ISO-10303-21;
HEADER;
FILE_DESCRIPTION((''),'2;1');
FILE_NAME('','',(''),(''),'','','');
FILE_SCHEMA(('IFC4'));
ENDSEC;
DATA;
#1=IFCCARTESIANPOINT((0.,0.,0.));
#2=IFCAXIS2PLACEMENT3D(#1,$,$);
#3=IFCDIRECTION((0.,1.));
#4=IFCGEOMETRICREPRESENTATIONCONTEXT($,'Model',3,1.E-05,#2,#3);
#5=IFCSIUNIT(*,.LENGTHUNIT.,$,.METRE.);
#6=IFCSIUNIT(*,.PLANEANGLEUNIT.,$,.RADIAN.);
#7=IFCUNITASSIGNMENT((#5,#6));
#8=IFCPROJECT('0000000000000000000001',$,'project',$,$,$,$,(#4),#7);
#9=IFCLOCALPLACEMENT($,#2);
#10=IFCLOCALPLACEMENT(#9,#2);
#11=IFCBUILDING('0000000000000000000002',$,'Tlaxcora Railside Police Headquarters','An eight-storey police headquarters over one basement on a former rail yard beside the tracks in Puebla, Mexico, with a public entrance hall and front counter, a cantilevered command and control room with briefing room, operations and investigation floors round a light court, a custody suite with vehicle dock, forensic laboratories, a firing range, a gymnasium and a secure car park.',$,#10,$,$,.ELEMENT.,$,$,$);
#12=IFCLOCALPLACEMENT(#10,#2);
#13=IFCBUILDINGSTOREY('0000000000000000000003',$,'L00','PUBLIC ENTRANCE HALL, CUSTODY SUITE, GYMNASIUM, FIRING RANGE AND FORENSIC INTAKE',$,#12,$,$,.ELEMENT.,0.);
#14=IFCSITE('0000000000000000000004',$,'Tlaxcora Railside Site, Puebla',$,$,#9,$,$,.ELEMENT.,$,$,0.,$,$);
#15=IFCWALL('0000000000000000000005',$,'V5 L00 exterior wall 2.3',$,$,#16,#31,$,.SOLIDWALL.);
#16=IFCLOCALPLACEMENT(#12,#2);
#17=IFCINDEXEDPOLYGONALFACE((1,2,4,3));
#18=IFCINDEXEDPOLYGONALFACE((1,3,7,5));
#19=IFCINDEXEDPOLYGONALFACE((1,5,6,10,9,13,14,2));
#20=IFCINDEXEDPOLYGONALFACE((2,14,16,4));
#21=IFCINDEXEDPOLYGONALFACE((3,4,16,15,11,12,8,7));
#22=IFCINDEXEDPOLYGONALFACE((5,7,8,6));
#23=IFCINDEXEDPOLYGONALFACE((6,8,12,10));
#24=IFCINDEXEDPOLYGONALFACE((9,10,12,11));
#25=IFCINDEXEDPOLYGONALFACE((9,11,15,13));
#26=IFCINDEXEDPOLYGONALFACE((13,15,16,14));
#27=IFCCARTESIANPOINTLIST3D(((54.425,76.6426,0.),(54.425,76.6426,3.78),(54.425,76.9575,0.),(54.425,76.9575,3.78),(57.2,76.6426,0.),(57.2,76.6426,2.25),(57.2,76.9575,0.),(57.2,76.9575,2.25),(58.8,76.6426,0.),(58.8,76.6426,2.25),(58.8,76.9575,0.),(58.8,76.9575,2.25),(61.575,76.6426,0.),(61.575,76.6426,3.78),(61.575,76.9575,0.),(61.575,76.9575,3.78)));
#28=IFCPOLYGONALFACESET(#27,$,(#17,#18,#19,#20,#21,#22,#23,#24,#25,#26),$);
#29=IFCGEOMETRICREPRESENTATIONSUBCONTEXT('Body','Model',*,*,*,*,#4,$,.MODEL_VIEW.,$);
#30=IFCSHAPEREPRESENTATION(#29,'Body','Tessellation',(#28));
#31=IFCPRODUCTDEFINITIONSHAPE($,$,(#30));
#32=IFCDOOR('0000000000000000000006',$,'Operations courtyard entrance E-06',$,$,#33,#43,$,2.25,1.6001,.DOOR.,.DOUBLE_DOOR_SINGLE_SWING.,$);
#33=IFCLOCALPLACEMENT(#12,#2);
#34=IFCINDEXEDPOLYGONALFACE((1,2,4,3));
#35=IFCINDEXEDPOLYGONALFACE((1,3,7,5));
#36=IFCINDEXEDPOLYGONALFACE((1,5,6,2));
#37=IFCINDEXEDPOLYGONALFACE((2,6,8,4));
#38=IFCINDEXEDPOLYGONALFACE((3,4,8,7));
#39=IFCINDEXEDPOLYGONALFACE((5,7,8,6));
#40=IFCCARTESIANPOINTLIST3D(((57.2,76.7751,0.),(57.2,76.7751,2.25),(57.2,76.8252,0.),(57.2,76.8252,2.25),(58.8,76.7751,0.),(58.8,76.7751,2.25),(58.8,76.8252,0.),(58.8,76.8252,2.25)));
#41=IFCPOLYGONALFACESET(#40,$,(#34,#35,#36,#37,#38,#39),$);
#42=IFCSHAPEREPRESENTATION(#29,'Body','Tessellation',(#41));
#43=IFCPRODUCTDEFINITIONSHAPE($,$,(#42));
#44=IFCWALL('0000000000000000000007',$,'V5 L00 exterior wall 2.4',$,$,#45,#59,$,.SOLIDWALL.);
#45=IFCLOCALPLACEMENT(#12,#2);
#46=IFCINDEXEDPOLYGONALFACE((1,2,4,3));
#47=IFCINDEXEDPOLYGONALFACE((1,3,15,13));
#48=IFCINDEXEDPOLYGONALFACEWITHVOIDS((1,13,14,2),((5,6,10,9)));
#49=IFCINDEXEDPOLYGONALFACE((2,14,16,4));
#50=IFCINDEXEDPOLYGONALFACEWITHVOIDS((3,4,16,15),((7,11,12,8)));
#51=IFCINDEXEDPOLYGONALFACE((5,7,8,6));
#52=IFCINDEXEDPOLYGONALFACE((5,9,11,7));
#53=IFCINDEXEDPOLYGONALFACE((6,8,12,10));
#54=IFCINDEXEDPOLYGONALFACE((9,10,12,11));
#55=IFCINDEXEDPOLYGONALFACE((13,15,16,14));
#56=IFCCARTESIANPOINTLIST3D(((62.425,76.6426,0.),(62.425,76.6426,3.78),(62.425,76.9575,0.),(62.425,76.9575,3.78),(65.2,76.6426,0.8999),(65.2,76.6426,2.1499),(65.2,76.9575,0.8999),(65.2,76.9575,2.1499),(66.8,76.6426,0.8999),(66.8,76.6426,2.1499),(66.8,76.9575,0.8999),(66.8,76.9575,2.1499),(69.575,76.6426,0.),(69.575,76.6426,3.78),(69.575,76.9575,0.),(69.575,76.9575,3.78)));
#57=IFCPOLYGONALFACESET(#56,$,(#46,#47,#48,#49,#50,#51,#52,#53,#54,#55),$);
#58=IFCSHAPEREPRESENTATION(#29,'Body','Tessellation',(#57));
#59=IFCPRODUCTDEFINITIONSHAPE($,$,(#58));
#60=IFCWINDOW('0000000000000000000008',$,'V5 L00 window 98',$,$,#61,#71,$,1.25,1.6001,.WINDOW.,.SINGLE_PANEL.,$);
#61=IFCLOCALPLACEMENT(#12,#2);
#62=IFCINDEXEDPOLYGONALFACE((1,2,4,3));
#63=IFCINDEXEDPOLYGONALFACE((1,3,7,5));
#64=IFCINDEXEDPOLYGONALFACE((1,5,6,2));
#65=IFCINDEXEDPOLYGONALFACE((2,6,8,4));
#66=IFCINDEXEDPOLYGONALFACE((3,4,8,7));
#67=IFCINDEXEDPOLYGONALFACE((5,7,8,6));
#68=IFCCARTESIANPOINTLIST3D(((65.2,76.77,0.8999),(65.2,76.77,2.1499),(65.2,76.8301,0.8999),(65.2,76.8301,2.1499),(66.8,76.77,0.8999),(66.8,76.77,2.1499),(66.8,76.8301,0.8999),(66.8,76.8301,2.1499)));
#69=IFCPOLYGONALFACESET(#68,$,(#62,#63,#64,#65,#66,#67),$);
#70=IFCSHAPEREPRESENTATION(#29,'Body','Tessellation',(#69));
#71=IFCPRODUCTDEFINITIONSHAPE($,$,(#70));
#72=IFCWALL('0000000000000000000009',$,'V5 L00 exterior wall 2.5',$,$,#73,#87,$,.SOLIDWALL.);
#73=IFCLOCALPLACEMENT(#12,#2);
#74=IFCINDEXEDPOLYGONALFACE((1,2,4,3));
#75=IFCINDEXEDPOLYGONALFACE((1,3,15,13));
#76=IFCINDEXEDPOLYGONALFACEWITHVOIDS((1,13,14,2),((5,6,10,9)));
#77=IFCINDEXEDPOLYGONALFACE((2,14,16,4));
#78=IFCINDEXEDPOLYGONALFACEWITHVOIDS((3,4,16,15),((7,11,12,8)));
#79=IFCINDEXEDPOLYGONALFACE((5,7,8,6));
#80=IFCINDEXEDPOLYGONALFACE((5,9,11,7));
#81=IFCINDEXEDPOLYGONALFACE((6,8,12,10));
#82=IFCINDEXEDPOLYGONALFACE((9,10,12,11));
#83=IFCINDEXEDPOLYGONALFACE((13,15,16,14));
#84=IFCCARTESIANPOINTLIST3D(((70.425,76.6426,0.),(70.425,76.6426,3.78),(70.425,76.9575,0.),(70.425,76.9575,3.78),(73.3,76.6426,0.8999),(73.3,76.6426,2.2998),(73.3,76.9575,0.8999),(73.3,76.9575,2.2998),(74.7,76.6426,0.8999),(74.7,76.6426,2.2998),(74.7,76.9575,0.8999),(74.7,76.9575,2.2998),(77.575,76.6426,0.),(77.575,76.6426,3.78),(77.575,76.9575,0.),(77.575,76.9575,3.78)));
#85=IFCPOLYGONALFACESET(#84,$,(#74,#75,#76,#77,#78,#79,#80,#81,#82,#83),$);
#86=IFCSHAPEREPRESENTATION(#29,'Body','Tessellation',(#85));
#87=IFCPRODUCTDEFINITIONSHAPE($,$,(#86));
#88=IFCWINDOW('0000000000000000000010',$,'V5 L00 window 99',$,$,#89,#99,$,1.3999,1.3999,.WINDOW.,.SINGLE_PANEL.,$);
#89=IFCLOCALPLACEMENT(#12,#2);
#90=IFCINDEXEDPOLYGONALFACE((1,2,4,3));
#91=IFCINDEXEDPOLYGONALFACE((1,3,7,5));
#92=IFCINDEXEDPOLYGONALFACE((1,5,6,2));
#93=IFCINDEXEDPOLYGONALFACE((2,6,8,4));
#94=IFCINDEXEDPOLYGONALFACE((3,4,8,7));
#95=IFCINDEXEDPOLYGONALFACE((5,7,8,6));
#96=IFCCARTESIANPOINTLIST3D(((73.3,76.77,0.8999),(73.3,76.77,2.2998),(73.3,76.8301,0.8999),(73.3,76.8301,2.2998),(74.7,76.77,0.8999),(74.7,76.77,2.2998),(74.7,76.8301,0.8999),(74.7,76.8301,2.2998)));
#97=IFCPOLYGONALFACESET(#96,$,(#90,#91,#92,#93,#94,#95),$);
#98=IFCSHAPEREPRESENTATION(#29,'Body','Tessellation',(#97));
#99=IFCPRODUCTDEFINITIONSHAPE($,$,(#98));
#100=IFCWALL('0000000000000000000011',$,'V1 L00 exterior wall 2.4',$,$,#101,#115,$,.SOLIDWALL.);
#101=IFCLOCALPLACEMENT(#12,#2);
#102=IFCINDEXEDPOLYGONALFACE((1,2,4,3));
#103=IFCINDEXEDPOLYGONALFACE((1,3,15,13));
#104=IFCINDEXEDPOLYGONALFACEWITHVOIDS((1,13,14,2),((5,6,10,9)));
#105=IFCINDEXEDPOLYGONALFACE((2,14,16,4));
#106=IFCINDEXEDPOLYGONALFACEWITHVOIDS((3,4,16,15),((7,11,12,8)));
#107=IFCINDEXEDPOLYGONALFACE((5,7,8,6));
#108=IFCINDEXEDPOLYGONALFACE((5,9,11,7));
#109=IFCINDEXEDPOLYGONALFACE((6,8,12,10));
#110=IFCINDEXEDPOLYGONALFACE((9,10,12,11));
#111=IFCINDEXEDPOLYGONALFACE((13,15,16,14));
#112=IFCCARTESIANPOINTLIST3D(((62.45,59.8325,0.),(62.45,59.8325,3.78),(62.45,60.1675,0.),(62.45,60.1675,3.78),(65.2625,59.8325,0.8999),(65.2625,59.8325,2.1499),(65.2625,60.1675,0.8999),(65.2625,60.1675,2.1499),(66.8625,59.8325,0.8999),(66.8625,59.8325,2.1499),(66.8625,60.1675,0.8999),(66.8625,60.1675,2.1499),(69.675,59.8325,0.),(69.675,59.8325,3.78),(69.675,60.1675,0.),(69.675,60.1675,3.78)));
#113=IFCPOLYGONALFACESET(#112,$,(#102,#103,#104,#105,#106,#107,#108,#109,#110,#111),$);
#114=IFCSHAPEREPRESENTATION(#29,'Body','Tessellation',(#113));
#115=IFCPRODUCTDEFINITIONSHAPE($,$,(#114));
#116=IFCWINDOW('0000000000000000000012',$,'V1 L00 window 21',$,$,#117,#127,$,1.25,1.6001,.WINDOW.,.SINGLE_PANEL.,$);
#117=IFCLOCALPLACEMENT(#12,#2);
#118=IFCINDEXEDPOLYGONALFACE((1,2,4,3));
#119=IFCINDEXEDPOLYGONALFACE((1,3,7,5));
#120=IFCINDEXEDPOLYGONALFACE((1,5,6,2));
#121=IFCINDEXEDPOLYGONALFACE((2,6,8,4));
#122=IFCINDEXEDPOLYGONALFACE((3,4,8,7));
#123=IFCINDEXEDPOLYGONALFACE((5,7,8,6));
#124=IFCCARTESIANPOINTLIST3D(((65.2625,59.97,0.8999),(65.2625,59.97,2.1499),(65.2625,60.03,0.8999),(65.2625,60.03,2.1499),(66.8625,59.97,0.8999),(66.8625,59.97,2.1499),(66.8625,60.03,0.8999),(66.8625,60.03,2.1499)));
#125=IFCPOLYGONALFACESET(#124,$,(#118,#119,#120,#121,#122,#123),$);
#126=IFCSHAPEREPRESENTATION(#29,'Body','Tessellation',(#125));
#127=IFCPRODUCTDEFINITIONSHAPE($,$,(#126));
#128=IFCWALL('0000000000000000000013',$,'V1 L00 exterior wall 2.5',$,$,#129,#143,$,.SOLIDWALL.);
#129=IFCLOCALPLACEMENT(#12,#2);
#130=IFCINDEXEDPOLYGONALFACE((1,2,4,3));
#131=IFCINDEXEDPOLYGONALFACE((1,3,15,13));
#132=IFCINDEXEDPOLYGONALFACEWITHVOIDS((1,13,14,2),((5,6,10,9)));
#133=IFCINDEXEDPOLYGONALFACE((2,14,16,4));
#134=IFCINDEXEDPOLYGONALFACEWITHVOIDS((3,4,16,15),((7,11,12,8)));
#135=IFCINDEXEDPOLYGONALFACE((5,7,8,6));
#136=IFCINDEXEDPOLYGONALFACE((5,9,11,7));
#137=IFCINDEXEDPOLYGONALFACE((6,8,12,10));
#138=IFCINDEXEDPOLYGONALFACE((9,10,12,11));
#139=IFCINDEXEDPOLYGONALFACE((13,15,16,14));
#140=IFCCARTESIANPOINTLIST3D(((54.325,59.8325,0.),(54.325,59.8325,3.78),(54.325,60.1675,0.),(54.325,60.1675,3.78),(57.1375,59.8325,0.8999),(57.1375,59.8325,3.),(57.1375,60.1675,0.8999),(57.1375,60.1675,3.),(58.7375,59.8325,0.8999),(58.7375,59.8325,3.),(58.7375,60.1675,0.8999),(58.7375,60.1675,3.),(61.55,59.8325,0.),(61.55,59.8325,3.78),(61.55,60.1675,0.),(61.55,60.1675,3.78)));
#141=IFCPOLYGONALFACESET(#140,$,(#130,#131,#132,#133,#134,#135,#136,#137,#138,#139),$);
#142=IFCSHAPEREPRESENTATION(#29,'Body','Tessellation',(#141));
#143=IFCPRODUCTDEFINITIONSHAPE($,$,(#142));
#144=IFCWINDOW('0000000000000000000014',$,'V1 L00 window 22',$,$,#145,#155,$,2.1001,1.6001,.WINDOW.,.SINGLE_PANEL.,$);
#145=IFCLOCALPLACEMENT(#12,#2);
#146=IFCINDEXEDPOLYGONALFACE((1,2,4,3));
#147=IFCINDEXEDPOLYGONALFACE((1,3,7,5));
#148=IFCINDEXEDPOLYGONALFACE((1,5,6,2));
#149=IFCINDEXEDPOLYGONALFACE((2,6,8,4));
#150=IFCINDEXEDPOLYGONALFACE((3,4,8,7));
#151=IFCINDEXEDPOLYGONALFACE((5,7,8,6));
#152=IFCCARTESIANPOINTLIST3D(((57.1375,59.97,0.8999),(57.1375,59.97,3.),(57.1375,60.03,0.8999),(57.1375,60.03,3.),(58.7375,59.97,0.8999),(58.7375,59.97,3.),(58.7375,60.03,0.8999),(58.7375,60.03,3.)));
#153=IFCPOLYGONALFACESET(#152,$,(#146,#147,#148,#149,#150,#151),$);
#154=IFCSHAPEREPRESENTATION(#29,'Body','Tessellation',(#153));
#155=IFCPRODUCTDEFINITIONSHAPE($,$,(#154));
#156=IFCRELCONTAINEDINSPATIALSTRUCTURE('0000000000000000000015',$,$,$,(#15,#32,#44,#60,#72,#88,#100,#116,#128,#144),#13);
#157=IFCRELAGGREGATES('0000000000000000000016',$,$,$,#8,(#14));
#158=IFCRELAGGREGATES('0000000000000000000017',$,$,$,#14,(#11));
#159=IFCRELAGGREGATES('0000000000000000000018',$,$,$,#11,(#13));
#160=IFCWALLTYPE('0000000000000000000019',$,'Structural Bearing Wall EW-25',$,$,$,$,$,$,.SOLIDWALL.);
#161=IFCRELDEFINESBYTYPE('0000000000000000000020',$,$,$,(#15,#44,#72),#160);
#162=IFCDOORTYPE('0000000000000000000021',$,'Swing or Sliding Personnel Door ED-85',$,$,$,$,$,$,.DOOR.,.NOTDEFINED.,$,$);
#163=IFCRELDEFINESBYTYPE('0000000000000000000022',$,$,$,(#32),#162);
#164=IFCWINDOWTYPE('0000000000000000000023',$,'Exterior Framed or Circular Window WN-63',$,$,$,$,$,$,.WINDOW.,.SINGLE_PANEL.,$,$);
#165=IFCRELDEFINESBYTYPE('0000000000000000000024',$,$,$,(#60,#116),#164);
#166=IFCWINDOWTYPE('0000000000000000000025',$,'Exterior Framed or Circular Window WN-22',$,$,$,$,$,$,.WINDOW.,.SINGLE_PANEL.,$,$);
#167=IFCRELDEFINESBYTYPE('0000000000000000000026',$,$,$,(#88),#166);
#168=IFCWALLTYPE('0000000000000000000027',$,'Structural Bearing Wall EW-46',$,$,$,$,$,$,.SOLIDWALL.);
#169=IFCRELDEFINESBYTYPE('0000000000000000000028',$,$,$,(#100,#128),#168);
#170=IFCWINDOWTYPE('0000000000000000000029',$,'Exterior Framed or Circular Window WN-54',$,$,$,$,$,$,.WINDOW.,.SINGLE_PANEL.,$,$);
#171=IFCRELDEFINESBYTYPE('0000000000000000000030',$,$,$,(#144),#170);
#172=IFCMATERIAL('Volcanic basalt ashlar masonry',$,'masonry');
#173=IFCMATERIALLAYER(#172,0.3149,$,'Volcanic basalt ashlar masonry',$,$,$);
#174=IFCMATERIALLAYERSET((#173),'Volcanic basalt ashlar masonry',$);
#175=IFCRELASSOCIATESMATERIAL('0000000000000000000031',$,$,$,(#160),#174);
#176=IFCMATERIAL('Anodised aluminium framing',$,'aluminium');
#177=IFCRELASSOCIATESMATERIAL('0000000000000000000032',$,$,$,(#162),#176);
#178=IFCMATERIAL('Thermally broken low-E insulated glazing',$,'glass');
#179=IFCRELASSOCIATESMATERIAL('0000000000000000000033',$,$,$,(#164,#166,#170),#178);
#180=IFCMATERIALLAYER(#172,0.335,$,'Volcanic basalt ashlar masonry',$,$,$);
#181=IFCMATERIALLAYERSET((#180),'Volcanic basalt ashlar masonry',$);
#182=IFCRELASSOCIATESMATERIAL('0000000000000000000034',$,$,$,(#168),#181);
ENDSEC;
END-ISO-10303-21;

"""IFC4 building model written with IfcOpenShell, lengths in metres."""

from ifc_helpers import new_model, si_unit, direction, frame, frame_2d, origin, place, context, subcontext, project, spatial, rectangle, extrude, material, layer, layer_set, type_object, element, fill, save


model = new_model("IFC4")

# Units and contexts
model_context = context("Model", 3, precision=1e-05, world=origin(), true_north=direction((0.0, 1.0)))
body_context = subcontext(model_context, "Body", "Model", "MODEL_VIEW")
ifc_project = project(units=[si_unit("LENGTHUNIT", "METRE"), si_unit("PLANEANGLEUNIT", "RADIAN")], contexts=[model_context])

# Site, building, storey
site_placement = place(None, origin())
site = spatial("IfcSite", under=ifc_project, at=site_placement, Name="Tlaxcora Railside Site, Puebla", CompositionType="ELEMENT", RefElevation=0.0)
building_placement = place(site_placement, origin())
building = spatial("IfcBuilding", under=site, at=building_placement, Name="Tlaxcora Railside Police Headquarters", Description="An eight-storey police headquarters over one basement on a former rail yard beside the tracks in Puebla, Mexico, with a public entrance hall and front counter, a cantilevered command and control room with briefing room, operations and investigation floors round a light court, a custody suite with vehicle dock, forensic laboratories, a firing range, a gymnasium and a secure car park.", CompositionType="ELEMENT")
storey_placement = place(building_placement, origin())
storey = spatial("IfcBuildingStorey", under=building, at=storey_placement, Name="L00", Description="PUBLIC ENTRANCE HALL, CUSTODY SUITE, GYMNASIUM, FIRING RANGE AND FORENSIC INTAKE", CompositionType="ELEMENT", Elevation=0.0)

# Wall, opening, door
ifc_material_1 = material(Name="Volcanic basalt ashlar masonry", Category="masonry")
ifc_layer_1 = layer(ifc_material_1, 0.3149, Name="Volcanic basalt ashlar masonry")
ifc_layer_set_1 = layer_set([ifc_layer_1], Name="Volcanic basalt ashlar masonry")
wall_type_1 = type_object("IfcWallType", Name="Structural Bearing Wall EW-25", PredefinedType="SOLIDWALL", material=ifc_layer_set_1)
wall_1_placement = place(storey_placement, frame((54.425, 76.8, 0.0), z_axis=(0.0, 0.0, 1.0), x_axis=(1.0, 0.0, 0.0)))
wall_1 = element("IfcWall", 1, at=wall_1_placement, inside=storey, type_object=wall_type_1, Name="V5 L00 exterior wall 2.3", PredefinedType="SOLIDWALL", context=body_context, shape_type="SweptSolid", body=[
    extrude(rectangle(XDim=7.1499, YDim=0.3149, at=frame_2d((3.575, 0.0))), origin(), (0.0, 0.0, 1.0), 3.78),
])
opening_1_placement = place(wall_1_placement, frame((2.7749, 0.0, 0.0)))
opening_1 = element("IfcOpeningElement", 2, at=opening_1_placement, cuts=wall_1, PredefinedType="OPENING", context=body_context, shape_type="SweptSolid", body=[
    extrude(rectangle(XDim=1.6001, YDim=2.25, at=frame_2d((0.8, 1.125))), frame((0.0, 0.1675, 0.0), z_axis=(0.0, -1.0, 0.0), x_axis=(1.0, 0.0, 0.0)), (0.0, 0.0, 1.0), 0.335),
])
ifc_material_2 = material(Name="Anodised aluminium framing", Category="aluminium")
door_type = type_object("IfcDoorType", Name="Swing or Sliding Personnel Door ED-85", OperationType="NOTDEFINED", PredefinedType="DOOR", material=ifc_material_2)
door_placement = place(opening_1_placement, frame((1.6001, 0.0, 0.0), z_axis=(0.0, 0.0, 1.0), x_axis=(-1.0, 0.0, 0.0)))
door = element("IfcDoor", 3, at=door_placement, inside=storey, type_object=door_type, Name="Operations courtyard entrance E-06", OperationType="DOUBLE_DOOR_SINGLE_SWING", OverallHeight=2.25, OverallWidth=1.6001, PredefinedType="DOOR", context=body_context, shape_type="SweptSolid", body=[
    extrude(rectangle(XDim=1.6001, YDim=2.25, at=frame_2d((0.8, 1.125))), frame((0.0, 0.0249, 0.0), z_axis=(0.0, -1.0, 0.0), x_axis=(1.0, 0.0, 0.0)), (0.0, 0.0, 1.0), 0.05),
])
fill(opening_1, door)

# Walls, openings, windows
wall_2_placement = place(storey_placement, frame((62.425, 76.8, 0.0), z_axis=(0.0, 0.0, 1.0), x_axis=(1.0, 0.0, 0.0)))
wall_2 = element("IfcWall", 4, at=wall_2_placement, inside=storey, type_object=wall_type_1, Name="V5 L00 exterior wall 2.4", PredefinedType="SOLIDWALL", context=body_context, shape_type="SweptSolid", body=[
    extrude(rectangle(XDim=7.1499, YDim=0.3149, at=frame_2d((3.575, 0.0))), origin(), (0.0, 0.0, 1.0), 3.78),
])
opening_2_placement = place(wall_2_placement, frame((2.7749, 0.0, 0.8999)))
opening_2 = element("IfcOpeningElement", 5, at=opening_2_placement, cuts=wall_2, PredefinedType="OPENING", context=body_context, shape_type="SweptSolid", body=[
    extrude(rectangle(XDim=1.6001, YDim=1.25, at=frame_2d((0.8, 0.625))), frame((0.0, 0.1675, 0.0), z_axis=(0.0, -1.0, 0.0), x_axis=(1.0, 0.0, 0.0)), (0.0, 0.0, 1.0), 0.335),
])
ifc_material_3 = material(Name="Thermally broken low-E insulated glazing", Category="glass")
window_type_1 = type_object("IfcWindowType", Name="Exterior Framed or Circular Window WN-63", PartitioningType="SINGLE_PANEL", PredefinedType="WINDOW", material=ifc_material_3)
window_1_placement = place(opening_2_placement, origin())
window_1 = element("IfcWindow", 6, at=window_1_placement, inside=storey, type_object=window_type_1, Name="V5 L00 window 98", OverallHeight=1.25, OverallWidth=1.6001, PartitioningType="SINGLE_PANEL", PredefinedType="WINDOW", context=body_context, shape_type="SweptSolid", body=[
    extrude(rectangle(XDim=1.6001, YDim=1.25, at=frame_2d((0.8, 0.625))), frame((0.0, 0.03, 0.0), z_axis=(0.0, -1.0, 0.0), x_axis=(1.0, 0.0, 0.0)), (0.0, 0.0, 1.0), 0.0601),
])
fill(opening_2, window_1)
wall_3_placement = place(storey_placement, frame((70.425, 76.8, 0.0), z_axis=(0.0, 0.0, 1.0), x_axis=(1.0, 0.0, 0.0)))
wall_3 = element("IfcWall", 7, at=wall_3_placement, inside=storey, type_object=wall_type_1, Name="V5 L00 exterior wall 2.5", PredefinedType="SOLIDWALL", context=body_context, shape_type="SweptSolid", body=[
    extrude(rectangle(XDim=7.1499, YDim=0.3149, at=frame_2d((3.575, 0.0))), origin(), (0.0, 0.0, 1.0), 3.78),
])
opening_3_placement = place(wall_3_placement, frame((2.875, 0.0, 0.8999)))
opening_3 = element("IfcOpeningElement", 8, at=opening_3_placement, cuts=wall_3, PredefinedType="OPENING", context=body_context, shape_type="SweptSolid", body=[
    extrude(rectangle(XDim=1.3999, YDim=1.3999, at=frame_2d((0.7, 0.7))), frame((0.0, 0.1675, 0.0), z_axis=(0.0, -1.0, 0.0), x_axis=(1.0, 0.0, 0.0)), (0.0, 0.0, 1.0), 0.335),
])
window_type_2 = type_object("IfcWindowType", Name="Exterior Framed or Circular Window WN-22", PartitioningType="SINGLE_PANEL", PredefinedType="WINDOW", material=ifc_material_3)
window_2_placement = place(opening_3_placement, origin())
window_2 = element("IfcWindow", 9, at=window_2_placement, inside=storey, type_object=window_type_2, Name="V5 L00 window 99", OverallHeight=1.3999, OverallWidth=1.3999, PartitioningType="SINGLE_PANEL", PredefinedType="WINDOW", context=body_context, shape_type="SweptSolid", body=[
    extrude(rectangle(XDim=1.3999, YDim=1.3999, at=frame_2d((0.7, 0.7))), frame((0.0, 0.03, 0.0), z_axis=(0.0, -1.0, 0.0), x_axis=(1.0, 0.0, 0.0)), (0.0, 0.0, 1.0), 0.0601),
])
fill(opening_3, window_2)
ifc_layer_2 = layer(ifc_material_1, 0.335, Name="Volcanic basalt ashlar masonry")
ifc_layer_set_2 = layer_set([ifc_layer_2], Name="Volcanic basalt ashlar masonry")
wall_type_2 = type_object("IfcWallType", Name="Structural Bearing Wall EW-46", PredefinedType="SOLIDWALL", material=ifc_layer_set_2)
wall_4_placement = place(storey_placement, frame((69.675, 60.0, 0.0), z_axis=(0.0, 0.0, 1.0), x_axis=(-1.0, 0.0, 0.0)))
wall_4 = element("IfcWall", 10, at=wall_4_placement, inside=storey, type_object=wall_type_2, Name="V1 L00 exterior wall 2.4", PredefinedType="SOLIDWALL", context=body_context, shape_type="SweptSolid", body=[
    extrude(rectangle(XDim=7.2251, YDim=0.335, at=frame_2d((3.6125, 0.0))), origin(), (0.0, 0.0, 1.0), 3.78),
])
opening_4_placement = place(wall_4_placement, frame((2.8125, 0.0, 0.8999)))
opening_4 = element("IfcOpeningElement", 11, at=opening_4_placement, cuts=wall_4, PredefinedType="OPENING", context=body_context, shape_type="SweptSolid", body=[
    extrude(rectangle(XDim=1.6001, YDim=1.25, at=frame_2d((0.8, 0.625))), frame((0.0, 0.1775, 0.0), z_axis=(0.0, -1.0, 0.0), x_axis=(1.0, 0.0, 0.0)), (0.0, 0.0, 1.0), 0.355),
])
window_3_placement = place(opening_4_placement, origin())
window_3 = element("IfcWindow", 12, at=window_3_placement, inside=storey, type_object=window_type_1, Name="V1 L00 window 21", OverallHeight=1.25, OverallWidth=1.6001, PartitioningType="SINGLE_PANEL", PredefinedType="WINDOW", context=body_context, shape_type="SweptSolid", body=[
    extrude(rectangle(XDim=1.6001, YDim=1.25, at=frame_2d((0.8, 0.625))), frame((0.0, 0.03, 0.0), z_axis=(0.0, -1.0, 0.0), x_axis=(1.0, 0.0, 0.0)), (0.0, 0.0, 1.0), 0.0601),
])
fill(opening_4, window_3)
wall_5_placement = place(storey_placement, frame((61.55, 60.0, 0.0), z_axis=(0.0, 0.0, 1.0), x_axis=(-1.0, 0.0, 0.0)))
wall_5 = element("IfcWall", 13, at=wall_5_placement, inside=storey, type_object=wall_type_2, Name="V1 L00 exterior wall 2.5", PredefinedType="SOLIDWALL", context=body_context, shape_type="SweptSolid", body=[
    extrude(rectangle(XDim=7.2251, YDim=0.335, at=frame_2d((3.6125, 0.0))), origin(), (0.0, 0.0, 1.0), 3.78),
])
opening_5_placement = place(wall_5_placement, frame((2.8125, 0.0, 0.8999)))
opening_5 = element("IfcOpeningElement", 14, at=opening_5_placement, cuts=wall_5, PredefinedType="OPENING", context=body_context, shape_type="SweptSolid", body=[
    extrude(rectangle(XDim=1.6001, YDim=2.1001, at=frame_2d((0.8, 1.05))), frame((0.0, 0.1775, 0.0), z_axis=(0.0, -1.0, 0.0), x_axis=(1.0, 0.0, 0.0)), (0.0, 0.0, 1.0), 0.355),
])
window_type_3 = type_object("IfcWindowType", Name="Exterior Framed or Circular Window WN-54", PartitioningType="SINGLE_PANEL", PredefinedType="WINDOW", material=ifc_material_3)
window_4_placement = place(opening_5_placement, origin())
window_4 = element("IfcWindow", 15, at=window_4_placement, inside=storey, type_object=window_type_3, Name="V1 L00 window 22", OverallHeight=2.1001, OverallWidth=1.6001, PartitioningType="SINGLE_PANEL", PredefinedType="WINDOW", context=body_context, shape_type="SweptSolid", body=[
    extrude(rectangle(XDim=1.6001, YDim=2.1001, at=frame_2d((0.8, 1.05))), frame((0.0, 0.03, 0.0), z_axis=(0.0, -1.0, 0.0), x_axis=(1.0, 0.0, 0.0)), (0.0, 0.0, 1.0), 0.0601),
])
fill(opening_5, window_4)

save(model, "model.ifc")
